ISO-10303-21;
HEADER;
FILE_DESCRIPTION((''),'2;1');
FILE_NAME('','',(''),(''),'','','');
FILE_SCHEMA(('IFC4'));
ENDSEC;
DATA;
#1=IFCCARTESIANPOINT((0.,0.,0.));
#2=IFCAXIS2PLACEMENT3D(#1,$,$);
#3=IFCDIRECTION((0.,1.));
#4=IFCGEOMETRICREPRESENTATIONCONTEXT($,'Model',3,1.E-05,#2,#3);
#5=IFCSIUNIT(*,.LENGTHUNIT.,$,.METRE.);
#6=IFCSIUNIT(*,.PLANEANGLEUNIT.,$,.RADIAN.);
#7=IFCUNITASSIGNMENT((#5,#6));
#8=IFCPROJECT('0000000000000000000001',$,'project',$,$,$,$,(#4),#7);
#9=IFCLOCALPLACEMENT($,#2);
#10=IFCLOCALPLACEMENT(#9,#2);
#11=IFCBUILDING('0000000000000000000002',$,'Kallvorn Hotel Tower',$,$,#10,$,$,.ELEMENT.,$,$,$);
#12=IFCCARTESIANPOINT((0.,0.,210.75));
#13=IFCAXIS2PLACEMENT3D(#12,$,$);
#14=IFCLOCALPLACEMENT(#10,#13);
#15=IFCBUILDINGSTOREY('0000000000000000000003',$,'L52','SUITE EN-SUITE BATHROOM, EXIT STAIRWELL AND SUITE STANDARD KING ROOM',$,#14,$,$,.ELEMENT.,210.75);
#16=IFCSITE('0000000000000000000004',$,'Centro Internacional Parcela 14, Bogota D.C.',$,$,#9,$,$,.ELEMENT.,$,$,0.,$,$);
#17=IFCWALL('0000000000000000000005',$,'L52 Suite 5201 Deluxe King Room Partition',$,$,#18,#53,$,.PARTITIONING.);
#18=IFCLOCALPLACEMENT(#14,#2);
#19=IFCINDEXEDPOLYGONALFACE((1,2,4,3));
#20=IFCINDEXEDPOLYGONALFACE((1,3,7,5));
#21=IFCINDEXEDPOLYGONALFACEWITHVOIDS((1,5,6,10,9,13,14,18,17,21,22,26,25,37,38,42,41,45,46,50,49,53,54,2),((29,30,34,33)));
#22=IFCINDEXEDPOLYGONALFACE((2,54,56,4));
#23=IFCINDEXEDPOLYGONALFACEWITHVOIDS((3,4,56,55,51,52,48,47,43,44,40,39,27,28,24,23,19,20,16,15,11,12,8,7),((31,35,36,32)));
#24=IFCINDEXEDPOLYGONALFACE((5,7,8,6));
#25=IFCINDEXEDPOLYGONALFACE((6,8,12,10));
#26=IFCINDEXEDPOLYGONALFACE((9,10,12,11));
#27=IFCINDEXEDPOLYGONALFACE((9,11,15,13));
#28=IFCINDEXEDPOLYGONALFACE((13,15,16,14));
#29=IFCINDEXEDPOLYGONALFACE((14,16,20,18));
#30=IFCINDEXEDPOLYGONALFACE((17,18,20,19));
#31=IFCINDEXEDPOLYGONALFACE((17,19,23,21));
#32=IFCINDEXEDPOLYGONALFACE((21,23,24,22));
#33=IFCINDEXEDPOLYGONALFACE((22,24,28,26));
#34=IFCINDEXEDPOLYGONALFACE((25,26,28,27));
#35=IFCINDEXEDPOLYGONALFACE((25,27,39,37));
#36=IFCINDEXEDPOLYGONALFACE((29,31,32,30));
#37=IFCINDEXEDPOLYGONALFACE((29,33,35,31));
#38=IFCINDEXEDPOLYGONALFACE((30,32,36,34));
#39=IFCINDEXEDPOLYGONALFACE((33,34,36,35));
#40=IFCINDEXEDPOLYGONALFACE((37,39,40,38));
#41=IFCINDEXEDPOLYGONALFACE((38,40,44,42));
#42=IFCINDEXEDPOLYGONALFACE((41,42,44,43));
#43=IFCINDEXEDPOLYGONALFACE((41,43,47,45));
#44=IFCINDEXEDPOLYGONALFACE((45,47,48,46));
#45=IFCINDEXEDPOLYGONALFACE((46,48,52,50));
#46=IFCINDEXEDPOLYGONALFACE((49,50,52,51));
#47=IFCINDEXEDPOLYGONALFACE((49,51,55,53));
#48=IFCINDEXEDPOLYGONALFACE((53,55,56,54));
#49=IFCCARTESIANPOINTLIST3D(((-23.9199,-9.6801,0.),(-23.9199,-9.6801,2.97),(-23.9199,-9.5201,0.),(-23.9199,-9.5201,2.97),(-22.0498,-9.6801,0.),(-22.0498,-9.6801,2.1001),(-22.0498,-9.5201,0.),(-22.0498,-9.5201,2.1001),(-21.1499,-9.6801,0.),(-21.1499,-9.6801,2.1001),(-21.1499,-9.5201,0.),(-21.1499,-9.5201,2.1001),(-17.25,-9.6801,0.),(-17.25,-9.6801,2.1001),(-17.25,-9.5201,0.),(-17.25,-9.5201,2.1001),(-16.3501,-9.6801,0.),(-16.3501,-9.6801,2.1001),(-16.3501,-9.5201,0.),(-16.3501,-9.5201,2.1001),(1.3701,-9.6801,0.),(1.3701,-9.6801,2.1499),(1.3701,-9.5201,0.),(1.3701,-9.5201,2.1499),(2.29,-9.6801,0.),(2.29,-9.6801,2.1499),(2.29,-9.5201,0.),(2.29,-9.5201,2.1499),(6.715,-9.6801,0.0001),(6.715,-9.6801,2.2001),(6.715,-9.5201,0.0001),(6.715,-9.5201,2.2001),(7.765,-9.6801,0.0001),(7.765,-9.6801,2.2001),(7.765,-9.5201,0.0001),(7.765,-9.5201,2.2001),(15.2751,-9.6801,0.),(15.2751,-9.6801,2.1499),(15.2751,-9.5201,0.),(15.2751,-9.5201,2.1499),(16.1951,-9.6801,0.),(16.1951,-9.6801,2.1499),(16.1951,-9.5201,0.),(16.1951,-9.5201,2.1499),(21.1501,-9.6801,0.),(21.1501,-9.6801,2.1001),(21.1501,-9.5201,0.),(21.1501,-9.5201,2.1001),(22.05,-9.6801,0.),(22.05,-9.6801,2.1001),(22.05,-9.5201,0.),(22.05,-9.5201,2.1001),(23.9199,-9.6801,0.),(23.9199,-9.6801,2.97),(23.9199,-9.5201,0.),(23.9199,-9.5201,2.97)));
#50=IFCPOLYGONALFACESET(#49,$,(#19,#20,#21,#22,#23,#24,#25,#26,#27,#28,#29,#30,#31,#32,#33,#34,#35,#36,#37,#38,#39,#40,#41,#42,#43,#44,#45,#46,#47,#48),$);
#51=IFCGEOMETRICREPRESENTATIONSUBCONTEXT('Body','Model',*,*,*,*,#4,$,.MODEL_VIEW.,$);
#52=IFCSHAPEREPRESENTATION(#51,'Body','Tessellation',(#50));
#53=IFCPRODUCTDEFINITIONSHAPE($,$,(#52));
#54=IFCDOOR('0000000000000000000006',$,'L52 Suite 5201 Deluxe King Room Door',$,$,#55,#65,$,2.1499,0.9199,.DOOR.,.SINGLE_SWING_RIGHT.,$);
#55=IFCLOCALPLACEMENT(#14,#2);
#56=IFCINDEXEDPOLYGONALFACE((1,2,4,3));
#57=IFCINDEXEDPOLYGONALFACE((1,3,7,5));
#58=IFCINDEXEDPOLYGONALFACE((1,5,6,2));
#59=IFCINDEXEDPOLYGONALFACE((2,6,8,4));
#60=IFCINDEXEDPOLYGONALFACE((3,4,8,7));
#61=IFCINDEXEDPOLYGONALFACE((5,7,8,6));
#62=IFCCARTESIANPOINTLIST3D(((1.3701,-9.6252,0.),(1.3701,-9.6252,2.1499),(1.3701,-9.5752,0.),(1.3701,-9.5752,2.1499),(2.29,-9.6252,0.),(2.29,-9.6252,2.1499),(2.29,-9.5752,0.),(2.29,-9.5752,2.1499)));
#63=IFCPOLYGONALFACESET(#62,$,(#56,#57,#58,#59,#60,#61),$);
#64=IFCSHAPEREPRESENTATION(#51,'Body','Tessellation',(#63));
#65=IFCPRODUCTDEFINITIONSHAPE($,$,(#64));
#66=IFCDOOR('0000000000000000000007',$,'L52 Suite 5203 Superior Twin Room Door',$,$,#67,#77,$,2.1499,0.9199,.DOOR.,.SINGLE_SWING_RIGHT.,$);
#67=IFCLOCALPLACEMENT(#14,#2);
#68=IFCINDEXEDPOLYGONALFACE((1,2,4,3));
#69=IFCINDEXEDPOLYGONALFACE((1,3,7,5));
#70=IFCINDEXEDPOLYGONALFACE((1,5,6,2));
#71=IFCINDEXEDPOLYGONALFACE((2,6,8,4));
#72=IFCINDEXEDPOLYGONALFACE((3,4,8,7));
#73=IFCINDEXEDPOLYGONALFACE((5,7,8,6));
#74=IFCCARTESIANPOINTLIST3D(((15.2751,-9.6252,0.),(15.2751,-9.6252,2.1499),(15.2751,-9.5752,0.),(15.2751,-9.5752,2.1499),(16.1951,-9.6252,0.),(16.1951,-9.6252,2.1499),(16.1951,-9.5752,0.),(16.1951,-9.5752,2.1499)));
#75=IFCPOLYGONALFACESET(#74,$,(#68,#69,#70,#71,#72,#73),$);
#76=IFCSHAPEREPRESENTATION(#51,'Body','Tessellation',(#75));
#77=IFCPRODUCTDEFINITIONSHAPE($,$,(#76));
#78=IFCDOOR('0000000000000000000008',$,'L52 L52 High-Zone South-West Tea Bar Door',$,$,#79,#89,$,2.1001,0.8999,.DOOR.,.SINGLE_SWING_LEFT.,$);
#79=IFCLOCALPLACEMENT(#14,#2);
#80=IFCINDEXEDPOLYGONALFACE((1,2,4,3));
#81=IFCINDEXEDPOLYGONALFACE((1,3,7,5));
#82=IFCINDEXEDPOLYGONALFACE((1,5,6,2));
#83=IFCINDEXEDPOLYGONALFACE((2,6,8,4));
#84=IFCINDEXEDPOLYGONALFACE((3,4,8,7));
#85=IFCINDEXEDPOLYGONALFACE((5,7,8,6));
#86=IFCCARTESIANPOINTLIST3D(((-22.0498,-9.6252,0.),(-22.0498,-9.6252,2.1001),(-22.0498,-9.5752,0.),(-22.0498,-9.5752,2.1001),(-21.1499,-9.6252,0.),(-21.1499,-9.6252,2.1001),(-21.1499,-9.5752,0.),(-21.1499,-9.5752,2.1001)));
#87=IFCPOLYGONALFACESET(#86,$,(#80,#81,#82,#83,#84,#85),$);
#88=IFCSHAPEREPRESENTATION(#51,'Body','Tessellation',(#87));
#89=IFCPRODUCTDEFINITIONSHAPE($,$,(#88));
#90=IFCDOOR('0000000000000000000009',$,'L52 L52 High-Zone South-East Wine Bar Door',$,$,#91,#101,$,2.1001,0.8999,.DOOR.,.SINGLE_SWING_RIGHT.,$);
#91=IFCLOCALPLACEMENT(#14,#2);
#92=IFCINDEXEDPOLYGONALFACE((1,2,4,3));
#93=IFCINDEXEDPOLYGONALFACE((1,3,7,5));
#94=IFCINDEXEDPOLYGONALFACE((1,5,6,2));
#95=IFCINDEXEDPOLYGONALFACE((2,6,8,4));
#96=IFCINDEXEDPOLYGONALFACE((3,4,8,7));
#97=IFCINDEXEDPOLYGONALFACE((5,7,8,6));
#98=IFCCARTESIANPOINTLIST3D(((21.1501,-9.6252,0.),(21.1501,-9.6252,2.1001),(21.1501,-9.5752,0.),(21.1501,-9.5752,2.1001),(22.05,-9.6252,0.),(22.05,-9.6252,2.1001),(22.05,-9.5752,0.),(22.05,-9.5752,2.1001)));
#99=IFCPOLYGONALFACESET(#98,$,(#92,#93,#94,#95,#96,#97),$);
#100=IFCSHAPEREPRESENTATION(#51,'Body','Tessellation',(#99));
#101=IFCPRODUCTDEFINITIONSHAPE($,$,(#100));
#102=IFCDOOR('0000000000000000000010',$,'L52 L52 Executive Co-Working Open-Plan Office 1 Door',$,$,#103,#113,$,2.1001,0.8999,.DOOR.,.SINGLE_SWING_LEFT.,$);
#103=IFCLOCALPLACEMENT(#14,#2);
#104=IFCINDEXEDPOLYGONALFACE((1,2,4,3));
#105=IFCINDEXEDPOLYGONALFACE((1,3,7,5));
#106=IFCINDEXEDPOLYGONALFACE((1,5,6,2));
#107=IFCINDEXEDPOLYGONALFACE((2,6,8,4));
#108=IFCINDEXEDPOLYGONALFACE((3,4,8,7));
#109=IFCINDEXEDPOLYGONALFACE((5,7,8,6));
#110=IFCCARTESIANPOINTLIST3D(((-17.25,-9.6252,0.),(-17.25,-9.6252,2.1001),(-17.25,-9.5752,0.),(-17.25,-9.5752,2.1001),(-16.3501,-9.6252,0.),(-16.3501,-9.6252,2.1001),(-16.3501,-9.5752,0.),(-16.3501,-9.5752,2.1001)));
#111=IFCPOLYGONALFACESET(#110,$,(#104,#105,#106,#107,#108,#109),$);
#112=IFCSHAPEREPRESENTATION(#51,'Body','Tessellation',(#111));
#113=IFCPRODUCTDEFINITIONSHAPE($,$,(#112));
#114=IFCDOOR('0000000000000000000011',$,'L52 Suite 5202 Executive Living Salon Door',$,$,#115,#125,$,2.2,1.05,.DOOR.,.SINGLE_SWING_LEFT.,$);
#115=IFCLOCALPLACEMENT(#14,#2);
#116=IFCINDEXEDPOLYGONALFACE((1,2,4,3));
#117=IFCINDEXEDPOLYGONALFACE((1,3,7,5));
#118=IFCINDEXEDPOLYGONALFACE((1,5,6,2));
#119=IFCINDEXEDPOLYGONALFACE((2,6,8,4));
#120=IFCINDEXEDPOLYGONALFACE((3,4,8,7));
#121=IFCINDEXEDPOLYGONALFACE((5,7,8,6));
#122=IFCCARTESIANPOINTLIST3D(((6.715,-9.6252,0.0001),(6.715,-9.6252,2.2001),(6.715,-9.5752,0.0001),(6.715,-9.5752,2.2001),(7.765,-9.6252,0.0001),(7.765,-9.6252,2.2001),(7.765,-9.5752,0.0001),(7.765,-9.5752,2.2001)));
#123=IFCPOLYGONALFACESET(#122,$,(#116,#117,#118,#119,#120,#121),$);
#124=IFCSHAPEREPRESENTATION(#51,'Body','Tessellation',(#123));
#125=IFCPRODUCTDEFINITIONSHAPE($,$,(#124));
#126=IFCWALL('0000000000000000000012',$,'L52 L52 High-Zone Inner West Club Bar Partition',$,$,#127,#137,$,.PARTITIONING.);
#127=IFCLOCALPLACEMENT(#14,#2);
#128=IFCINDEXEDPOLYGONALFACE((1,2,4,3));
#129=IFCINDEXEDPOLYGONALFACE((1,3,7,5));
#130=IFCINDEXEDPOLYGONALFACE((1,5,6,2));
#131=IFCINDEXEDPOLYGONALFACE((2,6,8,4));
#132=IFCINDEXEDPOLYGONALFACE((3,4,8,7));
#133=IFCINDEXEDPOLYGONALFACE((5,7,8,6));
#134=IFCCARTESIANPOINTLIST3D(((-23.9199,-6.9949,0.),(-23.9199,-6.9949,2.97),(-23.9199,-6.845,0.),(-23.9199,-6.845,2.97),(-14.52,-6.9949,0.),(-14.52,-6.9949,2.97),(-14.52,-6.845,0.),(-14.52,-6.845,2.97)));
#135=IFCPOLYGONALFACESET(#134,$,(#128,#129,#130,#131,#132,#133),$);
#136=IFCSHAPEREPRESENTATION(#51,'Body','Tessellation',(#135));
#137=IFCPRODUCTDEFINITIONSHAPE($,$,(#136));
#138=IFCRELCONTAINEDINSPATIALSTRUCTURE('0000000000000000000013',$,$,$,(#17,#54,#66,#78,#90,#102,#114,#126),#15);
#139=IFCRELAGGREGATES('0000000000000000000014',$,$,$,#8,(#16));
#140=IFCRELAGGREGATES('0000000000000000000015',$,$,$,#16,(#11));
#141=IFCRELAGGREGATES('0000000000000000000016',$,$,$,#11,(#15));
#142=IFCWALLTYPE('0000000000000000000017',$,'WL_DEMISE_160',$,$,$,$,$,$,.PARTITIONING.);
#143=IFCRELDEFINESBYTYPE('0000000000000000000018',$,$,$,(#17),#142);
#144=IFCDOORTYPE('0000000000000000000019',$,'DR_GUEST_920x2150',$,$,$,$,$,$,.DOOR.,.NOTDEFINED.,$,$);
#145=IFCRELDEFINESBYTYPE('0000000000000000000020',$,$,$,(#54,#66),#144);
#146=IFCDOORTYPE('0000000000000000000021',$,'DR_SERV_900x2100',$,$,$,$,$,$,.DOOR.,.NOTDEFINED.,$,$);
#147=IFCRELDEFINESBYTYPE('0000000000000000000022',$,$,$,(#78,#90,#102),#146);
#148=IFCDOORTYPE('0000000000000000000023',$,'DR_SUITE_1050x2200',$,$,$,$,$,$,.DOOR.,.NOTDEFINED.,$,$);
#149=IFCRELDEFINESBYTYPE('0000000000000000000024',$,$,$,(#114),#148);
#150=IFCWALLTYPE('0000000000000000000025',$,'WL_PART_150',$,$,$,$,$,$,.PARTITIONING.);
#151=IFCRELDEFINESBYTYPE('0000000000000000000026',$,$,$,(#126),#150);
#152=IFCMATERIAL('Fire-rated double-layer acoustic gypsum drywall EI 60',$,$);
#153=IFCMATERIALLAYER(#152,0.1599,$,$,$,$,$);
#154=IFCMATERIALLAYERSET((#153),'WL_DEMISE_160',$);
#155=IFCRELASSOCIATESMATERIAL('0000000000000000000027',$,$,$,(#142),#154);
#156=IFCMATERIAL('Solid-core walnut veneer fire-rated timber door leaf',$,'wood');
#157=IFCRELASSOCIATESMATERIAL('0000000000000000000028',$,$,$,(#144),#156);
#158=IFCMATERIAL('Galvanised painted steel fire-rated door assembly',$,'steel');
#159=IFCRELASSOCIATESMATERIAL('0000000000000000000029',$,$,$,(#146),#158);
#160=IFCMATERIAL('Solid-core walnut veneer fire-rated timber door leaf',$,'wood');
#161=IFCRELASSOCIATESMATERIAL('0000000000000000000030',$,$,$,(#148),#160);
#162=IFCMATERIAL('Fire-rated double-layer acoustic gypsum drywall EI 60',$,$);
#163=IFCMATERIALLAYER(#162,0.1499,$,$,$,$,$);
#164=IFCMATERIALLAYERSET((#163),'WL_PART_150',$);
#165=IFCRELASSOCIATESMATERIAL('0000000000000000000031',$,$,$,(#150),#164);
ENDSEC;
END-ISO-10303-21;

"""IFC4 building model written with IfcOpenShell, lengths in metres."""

from ifc_helpers import new_model, si_unit, direction, frame, frame_2d, origin, place, context, subcontext, project, spatial, rectangle, extrude, material, layer, layer_set, type_object, element, fill, save


model = new_model("IFC4")

# Units and contexts
model_context = context("Model", 3, precision=1e-05, world=origin(), true_north=direction((0.0, 1.0)))
body_context = subcontext(model_context, "Body", "Model", "MODEL_VIEW")
ifc_project = project(units=[si_unit("LENGTHUNIT", "METRE"), si_unit("PLANEANGLEUNIT", "RADIAN")], contexts=[model_context])

# Site, building, storey
site_placement = place(None, origin())
site = spatial("IfcSite", under=ifc_project, at=site_placement, Name="Centro Internacional Parcela 14, Bogota D.C.", CompositionType="ELEMENT", RefElevation=0.0)
building_placement = place(site_placement, origin())
building = spatial("IfcBuilding", under=site, at=building_placement, Name="Kallvorn Hotel Tower", CompositionType="ELEMENT")
storey_placement = place(building_placement, frame((0.0, 0.0, 210.75)))
storey = spatial("IfcBuildingStorey", under=building, at=storey_placement, Name="L52", Description="SUITE EN-SUITE BATHROOM, EXIT STAIRWELL AND SUITE STANDARD KING ROOM", CompositionType="ELEMENT", Elevation=210.75)

# Wall, openings, doors
ifc_material_1 = material(Name="Fire-rated double-layer acoustic gypsum drywall EI 60")
ifc_layer_1 = layer(ifc_material_1, 0.1599)
ifc_layer_set_1 = layer_set([ifc_layer_1], Name="WL_DEMISE_160")
wall_type_1 = type_object("IfcWallType", Name="WL_DEMISE_160", PredefinedType="PARTITIONING", material=ifc_layer_set_1)
wall_1_placement = place(storey_placement, frame((-23.9199, -9.6001, 0.0), z_axis=(0.0, 0.0, 1.0), x_axis=(1.0, 0.0, 0.0)))
wall_1 = element("IfcWall", 1, at=wall_1_placement, inside=storey, type_object=wall_type_1, Name="L52 Suite 5201 Deluxe King Room Partition", PredefinedType="PARTITIONING", context=body_context, shape_type="SweptSolid", body=[
    extrude(rectangle(XDim=47.8398, YDim=0.1599, at=frame_2d((23.9199, 0.0))), origin(), (0.0, 0.0, 1.0), 2.97),
])
opening_1_placement = place(wall_1_placement, frame((1.8701, 0.0, 0.0)))
opening_1 = element("IfcOpeningElement", 2, at=opening_1_placement, cuts=wall_1, PredefinedType="OPENING", context=body_context, shape_type="SweptSolid", body=[
    extrude(rectangle(XDim=0.8999, YDim=2.1001, at=frame_2d((0.45, 1.05))), frame((0.0, 0.095, 0.0), z_axis=(0.0, -1.0, 0.0), x_axis=(1.0, 0.0, 0.0)), (0.0, 0.0, 1.0), 0.1899),
])
opening_2_placement = place(wall_1_placement, frame((45.0701, 0.0, 0.0)))
opening_2 = element("IfcOpeningElement", 3, at=opening_2_placement, cuts=wall_1, PredefinedType="OPENING", context=body_context, shape_type="SweptSolid", body=[
    extrude(rectangle(XDim=0.8999, YDim=2.1001, at=frame_2d((0.45, 1.05))), frame((0.0, 0.095, 0.0), z_axis=(0.0, -1.0, 0.0), x_axis=(1.0, 0.0, 0.0)), (0.0, 0.0, 1.0), 0.1899),
])
opening_3_placement = place(wall_1_placement, frame((6.6699, 0.0, 0.0)))
opening_3 = element("IfcOpeningElement", 4, at=opening_3_placement, cuts=wall_1, PredefinedType="OPENING", context=body_context, shape_type="SweptSolid", body=[
    extrude(rectangle(XDim=0.8999, YDim=2.1001, at=frame_2d((0.45, 1.05))), frame((0.0, 0.095, 0.0), z_axis=(0.0, -1.0, 0.0), x_axis=(1.0, 0.0, 0.0)), (0.0, 0.0, 1.0), 0.1899),
])
opening_4_placement = place(wall_1_placement, frame((25.29, 0.0, 0.0)))
opening_4 = element("IfcOpeningElement", 5, at=opening_4_placement, cuts=wall_1, PredefinedType="OPENING", context=body_context, shape_type="SweptSolid", body=[
    extrude(rectangle(XDim=0.9199, YDim=2.1499, at=frame_2d((0.46, 1.075))), frame((0.0, 0.095, 0.0), z_axis=(0.0, -1.0, 0.0), x_axis=(1.0, 0.0, 0.0)), (0.0, 0.0, 1.0), 0.1899),
])
opening_5_placement = place(wall_1_placement, frame((30.635, 0.0, 0.0)))
opening_5 = element("IfcOpeningElement", 6, at=opening_5_placement, cuts=wall_1, PredefinedType="OPENING", context=body_context, shape_type="SweptSolid", body=[
    extrude(rectangle(XDim=1.05, YDim=2.2, at=frame_2d((0.5249, 1.1001))), frame((0.0, 0.095, 0.0), z_axis=(0.0, -1.0, 0.0), x_axis=(1.0, 0.0, 0.0)), (0.0, 0.0, 1.0), 0.1899),
])
opening_6_placement = place(wall_1_placement, frame((39.1951, 0.0, 0.0)))
opening_6 = element("IfcOpeningElement", 7, at=opening_6_placement, cuts=wall_1, PredefinedType="OPENING", context=body_context, shape_type="SweptSolid", body=[
    extrude(rectangle(XDim=0.9199, YDim=2.1499, at=frame_2d((0.46, 1.075))), frame((0.0, 0.095, 0.0), z_axis=(0.0, -1.0, 0.0), x_axis=(1.0, 0.0, 0.0)), (0.0, 0.0, 1.0), 0.1899),
])
ifc_material_2 = material(Name="Solid-core walnut veneer fire-rated timber door leaf", Category="wood")
door_type_1 = type_object("IfcDoorType", Name="DR_GUEST_920x2150", OperationType="NOTDEFINED", PredefinedType="DOOR", material=ifc_material_2)
door_1_placement = place(opening_4_placement, origin())
door_1 = element("IfcDoor", 8, at=door_1_placement, inside=storey, type_object=door_type_1, Name="L52 Suite 5201 Deluxe King Room Door", OperationType="SINGLE_SWING_RIGHT", OverallHeight=2.1499, OverallWidth=0.9199, PredefinedType="DOOR", context=body_context, shape_type="SweptSolid", body=[
    extrude(rectangle(XDim=0.9199, YDim=2.1499, at=frame_2d((0.46, 1.075))), frame((0.0, 0.0249, 0.0), z_axis=(0.0, -1.0, 0.0), x_axis=(1.0, 0.0, 0.0)), (0.0, 0.0, 1.0), 0.05),
])
fill(opening_4, door_1)
door_2_placement = place(opening_6_placement, origin())
door_2 = element("IfcDoor", 9, at=door_2_placement, inside=storey, type_object=door_type_1, Name="L52 Suite 5203 Superior Twin Room Door", OperationType="SINGLE_SWING_RIGHT", OverallHeight=2.1499, OverallWidth=0.9199, PredefinedType="DOOR", context=body_context, shape_type="SweptSolid", body=[
    extrude(rectangle(XDim=0.9199, YDim=2.1499, at=frame_2d((0.46, 1.075))), frame((0.0, 0.0249, 0.0), z_axis=(0.0, -1.0, 0.0), x_axis=(1.0, 0.0, 0.0)), (0.0, 0.0, 1.0), 0.05),
])
fill(opening_6, door_2)
ifc_material_3 = material(Name="Galvanised painted steel fire-rated door assembly", Category="steel")
door_type_2 = type_object("IfcDoorType", Name="DR_SERV_900x2100", OperationType="NOTDEFINED", PredefinedType="DOOR", material=ifc_material_3)
door_3_placement = place(opening_1_placement, origin())
door_3 = element("IfcDoor", 10, at=door_3_placement, inside=storey, type_object=door_type_2, Name="L52 L52 High-Zone South-West Tea Bar Door", OperationType="SINGLE_SWING_LEFT", OverallHeight=2.1001, OverallWidth=0.8999, PredefinedType="DOOR", context=body_context, shape_type="SweptSolid", body=[
    extrude(rectangle(XDim=0.8999, YDim=2.1001, at=frame_2d((0.45, 1.05))), frame((0.0, 0.0249, 0.0), z_axis=(0.0, -1.0, 0.0), x_axis=(1.0, 0.0, 0.0)), (0.0, 0.0, 1.0), 0.05),
])
fill(opening_1, door_3)
door_4_placement = place(opening_2_placement, origin())
door_4 = element("IfcDoor", 11, at=door_4_placement, inside=storey, type_object=door_type_2, Name="L52 L52 High-Zone South-East Wine Bar Door", OperationType="SINGLE_SWING_RIGHT", OverallHeight=2.1001, OverallWidth=0.8999, PredefinedType="DOOR", context=body_context, shape_type="SweptSolid", body=[
    extrude(rectangle(XDim=0.8999, YDim=2.1001, at=frame_2d((0.45, 1.05))), frame((0.0, 0.0249, 0.0), z_axis=(0.0, -1.0, 0.0), x_axis=(1.0, 0.0, 0.0)), (0.0, 0.0, 1.0), 0.05),
])
fill(opening_2, door_4)
door_5_placement = place(opening_3_placement, origin())
door_5 = element("IfcDoor", 12, at=door_5_placement, inside=storey, type_object=door_type_2, Name="L52 L52 Executive Co-Working Open-Plan Office 1 Door", OperationType="SINGLE_SWING_LEFT", OverallHeight=2.1001, OverallWidth=0.8999, PredefinedType="DOOR", context=body_context, shape_type="SweptSolid", body=[
    extrude(rectangle(XDim=0.8999, YDim=2.1001, at=frame_2d((0.45, 1.05))), frame((0.0, 0.0249, 0.0), z_axis=(0.0, -1.0, 0.0), x_axis=(1.0, 0.0, 0.0)), (0.0, 0.0, 1.0), 0.05),
])
fill(opening_3, door_5)
ifc_material_4 = material(Name="Solid-core walnut veneer fire-rated timber door leaf", Category="wood")
door_type_3 = type_object("IfcDoorType", Name="DR_SUITE_1050x2200", OperationType="NOTDEFINED", PredefinedType="DOOR", material=ifc_material_4)
door_6_placement = place(opening_5_placement, origin())
door_6 = element("IfcDoor", 13, at=door_6_placement, inside=storey, type_object=door_type_3, Name="L52 Suite 5202 Executive Living Salon Door", OperationType="SINGLE_SWING_LEFT", OverallHeight=2.2, OverallWidth=1.05, PredefinedType="DOOR", context=body_context, shape_type="SweptSolid", body=[
    extrude(rectangle(XDim=1.05, YDim=2.2, at=frame_2d((0.5249, 1.1001))), frame((0.0, 0.0249, 0.0), z_axis=(0.0, -1.0, 0.0), x_axis=(1.0, 0.0, 0.0)), (0.0, 0.0, 1.0), 0.05),
])
fill(opening_5, door_6)

# Wall
ifc_material_5 = material(Name="Fire-rated double-layer acoustic gypsum drywall EI 60")
ifc_layer_2 = layer(ifc_material_5, 0.1499)
ifc_layer_set_2 = layer_set([ifc_layer_2], Name="WL_PART_150")
wall_type_2 = type_object("IfcWallType", Name="WL_PART_150", PredefinedType="PARTITIONING", material=ifc_layer_set_2)
wall_2_placement = place(storey_placement, frame((-23.9199, -6.9199, 0.0), z_axis=(0.0, 0.0, 1.0), x_axis=(1.0, 0.0, 0.0)))
element("IfcWall", 14, at=wall_2_placement, inside=storey, type_object=wall_type_2, Name="L52 L52 High-Zone Inner West Club Bar Partition", PredefinedType="PARTITIONING", context=body_context, shape_type="SweptSolid", body=[
    extrude(rectangle(XDim=9.3999, YDim=0.1499, at=frame_2d((4.7, 0.0))), origin(), (0.0, 0.0, 1.0), 2.97),
])

save(model, "model.ifc")
